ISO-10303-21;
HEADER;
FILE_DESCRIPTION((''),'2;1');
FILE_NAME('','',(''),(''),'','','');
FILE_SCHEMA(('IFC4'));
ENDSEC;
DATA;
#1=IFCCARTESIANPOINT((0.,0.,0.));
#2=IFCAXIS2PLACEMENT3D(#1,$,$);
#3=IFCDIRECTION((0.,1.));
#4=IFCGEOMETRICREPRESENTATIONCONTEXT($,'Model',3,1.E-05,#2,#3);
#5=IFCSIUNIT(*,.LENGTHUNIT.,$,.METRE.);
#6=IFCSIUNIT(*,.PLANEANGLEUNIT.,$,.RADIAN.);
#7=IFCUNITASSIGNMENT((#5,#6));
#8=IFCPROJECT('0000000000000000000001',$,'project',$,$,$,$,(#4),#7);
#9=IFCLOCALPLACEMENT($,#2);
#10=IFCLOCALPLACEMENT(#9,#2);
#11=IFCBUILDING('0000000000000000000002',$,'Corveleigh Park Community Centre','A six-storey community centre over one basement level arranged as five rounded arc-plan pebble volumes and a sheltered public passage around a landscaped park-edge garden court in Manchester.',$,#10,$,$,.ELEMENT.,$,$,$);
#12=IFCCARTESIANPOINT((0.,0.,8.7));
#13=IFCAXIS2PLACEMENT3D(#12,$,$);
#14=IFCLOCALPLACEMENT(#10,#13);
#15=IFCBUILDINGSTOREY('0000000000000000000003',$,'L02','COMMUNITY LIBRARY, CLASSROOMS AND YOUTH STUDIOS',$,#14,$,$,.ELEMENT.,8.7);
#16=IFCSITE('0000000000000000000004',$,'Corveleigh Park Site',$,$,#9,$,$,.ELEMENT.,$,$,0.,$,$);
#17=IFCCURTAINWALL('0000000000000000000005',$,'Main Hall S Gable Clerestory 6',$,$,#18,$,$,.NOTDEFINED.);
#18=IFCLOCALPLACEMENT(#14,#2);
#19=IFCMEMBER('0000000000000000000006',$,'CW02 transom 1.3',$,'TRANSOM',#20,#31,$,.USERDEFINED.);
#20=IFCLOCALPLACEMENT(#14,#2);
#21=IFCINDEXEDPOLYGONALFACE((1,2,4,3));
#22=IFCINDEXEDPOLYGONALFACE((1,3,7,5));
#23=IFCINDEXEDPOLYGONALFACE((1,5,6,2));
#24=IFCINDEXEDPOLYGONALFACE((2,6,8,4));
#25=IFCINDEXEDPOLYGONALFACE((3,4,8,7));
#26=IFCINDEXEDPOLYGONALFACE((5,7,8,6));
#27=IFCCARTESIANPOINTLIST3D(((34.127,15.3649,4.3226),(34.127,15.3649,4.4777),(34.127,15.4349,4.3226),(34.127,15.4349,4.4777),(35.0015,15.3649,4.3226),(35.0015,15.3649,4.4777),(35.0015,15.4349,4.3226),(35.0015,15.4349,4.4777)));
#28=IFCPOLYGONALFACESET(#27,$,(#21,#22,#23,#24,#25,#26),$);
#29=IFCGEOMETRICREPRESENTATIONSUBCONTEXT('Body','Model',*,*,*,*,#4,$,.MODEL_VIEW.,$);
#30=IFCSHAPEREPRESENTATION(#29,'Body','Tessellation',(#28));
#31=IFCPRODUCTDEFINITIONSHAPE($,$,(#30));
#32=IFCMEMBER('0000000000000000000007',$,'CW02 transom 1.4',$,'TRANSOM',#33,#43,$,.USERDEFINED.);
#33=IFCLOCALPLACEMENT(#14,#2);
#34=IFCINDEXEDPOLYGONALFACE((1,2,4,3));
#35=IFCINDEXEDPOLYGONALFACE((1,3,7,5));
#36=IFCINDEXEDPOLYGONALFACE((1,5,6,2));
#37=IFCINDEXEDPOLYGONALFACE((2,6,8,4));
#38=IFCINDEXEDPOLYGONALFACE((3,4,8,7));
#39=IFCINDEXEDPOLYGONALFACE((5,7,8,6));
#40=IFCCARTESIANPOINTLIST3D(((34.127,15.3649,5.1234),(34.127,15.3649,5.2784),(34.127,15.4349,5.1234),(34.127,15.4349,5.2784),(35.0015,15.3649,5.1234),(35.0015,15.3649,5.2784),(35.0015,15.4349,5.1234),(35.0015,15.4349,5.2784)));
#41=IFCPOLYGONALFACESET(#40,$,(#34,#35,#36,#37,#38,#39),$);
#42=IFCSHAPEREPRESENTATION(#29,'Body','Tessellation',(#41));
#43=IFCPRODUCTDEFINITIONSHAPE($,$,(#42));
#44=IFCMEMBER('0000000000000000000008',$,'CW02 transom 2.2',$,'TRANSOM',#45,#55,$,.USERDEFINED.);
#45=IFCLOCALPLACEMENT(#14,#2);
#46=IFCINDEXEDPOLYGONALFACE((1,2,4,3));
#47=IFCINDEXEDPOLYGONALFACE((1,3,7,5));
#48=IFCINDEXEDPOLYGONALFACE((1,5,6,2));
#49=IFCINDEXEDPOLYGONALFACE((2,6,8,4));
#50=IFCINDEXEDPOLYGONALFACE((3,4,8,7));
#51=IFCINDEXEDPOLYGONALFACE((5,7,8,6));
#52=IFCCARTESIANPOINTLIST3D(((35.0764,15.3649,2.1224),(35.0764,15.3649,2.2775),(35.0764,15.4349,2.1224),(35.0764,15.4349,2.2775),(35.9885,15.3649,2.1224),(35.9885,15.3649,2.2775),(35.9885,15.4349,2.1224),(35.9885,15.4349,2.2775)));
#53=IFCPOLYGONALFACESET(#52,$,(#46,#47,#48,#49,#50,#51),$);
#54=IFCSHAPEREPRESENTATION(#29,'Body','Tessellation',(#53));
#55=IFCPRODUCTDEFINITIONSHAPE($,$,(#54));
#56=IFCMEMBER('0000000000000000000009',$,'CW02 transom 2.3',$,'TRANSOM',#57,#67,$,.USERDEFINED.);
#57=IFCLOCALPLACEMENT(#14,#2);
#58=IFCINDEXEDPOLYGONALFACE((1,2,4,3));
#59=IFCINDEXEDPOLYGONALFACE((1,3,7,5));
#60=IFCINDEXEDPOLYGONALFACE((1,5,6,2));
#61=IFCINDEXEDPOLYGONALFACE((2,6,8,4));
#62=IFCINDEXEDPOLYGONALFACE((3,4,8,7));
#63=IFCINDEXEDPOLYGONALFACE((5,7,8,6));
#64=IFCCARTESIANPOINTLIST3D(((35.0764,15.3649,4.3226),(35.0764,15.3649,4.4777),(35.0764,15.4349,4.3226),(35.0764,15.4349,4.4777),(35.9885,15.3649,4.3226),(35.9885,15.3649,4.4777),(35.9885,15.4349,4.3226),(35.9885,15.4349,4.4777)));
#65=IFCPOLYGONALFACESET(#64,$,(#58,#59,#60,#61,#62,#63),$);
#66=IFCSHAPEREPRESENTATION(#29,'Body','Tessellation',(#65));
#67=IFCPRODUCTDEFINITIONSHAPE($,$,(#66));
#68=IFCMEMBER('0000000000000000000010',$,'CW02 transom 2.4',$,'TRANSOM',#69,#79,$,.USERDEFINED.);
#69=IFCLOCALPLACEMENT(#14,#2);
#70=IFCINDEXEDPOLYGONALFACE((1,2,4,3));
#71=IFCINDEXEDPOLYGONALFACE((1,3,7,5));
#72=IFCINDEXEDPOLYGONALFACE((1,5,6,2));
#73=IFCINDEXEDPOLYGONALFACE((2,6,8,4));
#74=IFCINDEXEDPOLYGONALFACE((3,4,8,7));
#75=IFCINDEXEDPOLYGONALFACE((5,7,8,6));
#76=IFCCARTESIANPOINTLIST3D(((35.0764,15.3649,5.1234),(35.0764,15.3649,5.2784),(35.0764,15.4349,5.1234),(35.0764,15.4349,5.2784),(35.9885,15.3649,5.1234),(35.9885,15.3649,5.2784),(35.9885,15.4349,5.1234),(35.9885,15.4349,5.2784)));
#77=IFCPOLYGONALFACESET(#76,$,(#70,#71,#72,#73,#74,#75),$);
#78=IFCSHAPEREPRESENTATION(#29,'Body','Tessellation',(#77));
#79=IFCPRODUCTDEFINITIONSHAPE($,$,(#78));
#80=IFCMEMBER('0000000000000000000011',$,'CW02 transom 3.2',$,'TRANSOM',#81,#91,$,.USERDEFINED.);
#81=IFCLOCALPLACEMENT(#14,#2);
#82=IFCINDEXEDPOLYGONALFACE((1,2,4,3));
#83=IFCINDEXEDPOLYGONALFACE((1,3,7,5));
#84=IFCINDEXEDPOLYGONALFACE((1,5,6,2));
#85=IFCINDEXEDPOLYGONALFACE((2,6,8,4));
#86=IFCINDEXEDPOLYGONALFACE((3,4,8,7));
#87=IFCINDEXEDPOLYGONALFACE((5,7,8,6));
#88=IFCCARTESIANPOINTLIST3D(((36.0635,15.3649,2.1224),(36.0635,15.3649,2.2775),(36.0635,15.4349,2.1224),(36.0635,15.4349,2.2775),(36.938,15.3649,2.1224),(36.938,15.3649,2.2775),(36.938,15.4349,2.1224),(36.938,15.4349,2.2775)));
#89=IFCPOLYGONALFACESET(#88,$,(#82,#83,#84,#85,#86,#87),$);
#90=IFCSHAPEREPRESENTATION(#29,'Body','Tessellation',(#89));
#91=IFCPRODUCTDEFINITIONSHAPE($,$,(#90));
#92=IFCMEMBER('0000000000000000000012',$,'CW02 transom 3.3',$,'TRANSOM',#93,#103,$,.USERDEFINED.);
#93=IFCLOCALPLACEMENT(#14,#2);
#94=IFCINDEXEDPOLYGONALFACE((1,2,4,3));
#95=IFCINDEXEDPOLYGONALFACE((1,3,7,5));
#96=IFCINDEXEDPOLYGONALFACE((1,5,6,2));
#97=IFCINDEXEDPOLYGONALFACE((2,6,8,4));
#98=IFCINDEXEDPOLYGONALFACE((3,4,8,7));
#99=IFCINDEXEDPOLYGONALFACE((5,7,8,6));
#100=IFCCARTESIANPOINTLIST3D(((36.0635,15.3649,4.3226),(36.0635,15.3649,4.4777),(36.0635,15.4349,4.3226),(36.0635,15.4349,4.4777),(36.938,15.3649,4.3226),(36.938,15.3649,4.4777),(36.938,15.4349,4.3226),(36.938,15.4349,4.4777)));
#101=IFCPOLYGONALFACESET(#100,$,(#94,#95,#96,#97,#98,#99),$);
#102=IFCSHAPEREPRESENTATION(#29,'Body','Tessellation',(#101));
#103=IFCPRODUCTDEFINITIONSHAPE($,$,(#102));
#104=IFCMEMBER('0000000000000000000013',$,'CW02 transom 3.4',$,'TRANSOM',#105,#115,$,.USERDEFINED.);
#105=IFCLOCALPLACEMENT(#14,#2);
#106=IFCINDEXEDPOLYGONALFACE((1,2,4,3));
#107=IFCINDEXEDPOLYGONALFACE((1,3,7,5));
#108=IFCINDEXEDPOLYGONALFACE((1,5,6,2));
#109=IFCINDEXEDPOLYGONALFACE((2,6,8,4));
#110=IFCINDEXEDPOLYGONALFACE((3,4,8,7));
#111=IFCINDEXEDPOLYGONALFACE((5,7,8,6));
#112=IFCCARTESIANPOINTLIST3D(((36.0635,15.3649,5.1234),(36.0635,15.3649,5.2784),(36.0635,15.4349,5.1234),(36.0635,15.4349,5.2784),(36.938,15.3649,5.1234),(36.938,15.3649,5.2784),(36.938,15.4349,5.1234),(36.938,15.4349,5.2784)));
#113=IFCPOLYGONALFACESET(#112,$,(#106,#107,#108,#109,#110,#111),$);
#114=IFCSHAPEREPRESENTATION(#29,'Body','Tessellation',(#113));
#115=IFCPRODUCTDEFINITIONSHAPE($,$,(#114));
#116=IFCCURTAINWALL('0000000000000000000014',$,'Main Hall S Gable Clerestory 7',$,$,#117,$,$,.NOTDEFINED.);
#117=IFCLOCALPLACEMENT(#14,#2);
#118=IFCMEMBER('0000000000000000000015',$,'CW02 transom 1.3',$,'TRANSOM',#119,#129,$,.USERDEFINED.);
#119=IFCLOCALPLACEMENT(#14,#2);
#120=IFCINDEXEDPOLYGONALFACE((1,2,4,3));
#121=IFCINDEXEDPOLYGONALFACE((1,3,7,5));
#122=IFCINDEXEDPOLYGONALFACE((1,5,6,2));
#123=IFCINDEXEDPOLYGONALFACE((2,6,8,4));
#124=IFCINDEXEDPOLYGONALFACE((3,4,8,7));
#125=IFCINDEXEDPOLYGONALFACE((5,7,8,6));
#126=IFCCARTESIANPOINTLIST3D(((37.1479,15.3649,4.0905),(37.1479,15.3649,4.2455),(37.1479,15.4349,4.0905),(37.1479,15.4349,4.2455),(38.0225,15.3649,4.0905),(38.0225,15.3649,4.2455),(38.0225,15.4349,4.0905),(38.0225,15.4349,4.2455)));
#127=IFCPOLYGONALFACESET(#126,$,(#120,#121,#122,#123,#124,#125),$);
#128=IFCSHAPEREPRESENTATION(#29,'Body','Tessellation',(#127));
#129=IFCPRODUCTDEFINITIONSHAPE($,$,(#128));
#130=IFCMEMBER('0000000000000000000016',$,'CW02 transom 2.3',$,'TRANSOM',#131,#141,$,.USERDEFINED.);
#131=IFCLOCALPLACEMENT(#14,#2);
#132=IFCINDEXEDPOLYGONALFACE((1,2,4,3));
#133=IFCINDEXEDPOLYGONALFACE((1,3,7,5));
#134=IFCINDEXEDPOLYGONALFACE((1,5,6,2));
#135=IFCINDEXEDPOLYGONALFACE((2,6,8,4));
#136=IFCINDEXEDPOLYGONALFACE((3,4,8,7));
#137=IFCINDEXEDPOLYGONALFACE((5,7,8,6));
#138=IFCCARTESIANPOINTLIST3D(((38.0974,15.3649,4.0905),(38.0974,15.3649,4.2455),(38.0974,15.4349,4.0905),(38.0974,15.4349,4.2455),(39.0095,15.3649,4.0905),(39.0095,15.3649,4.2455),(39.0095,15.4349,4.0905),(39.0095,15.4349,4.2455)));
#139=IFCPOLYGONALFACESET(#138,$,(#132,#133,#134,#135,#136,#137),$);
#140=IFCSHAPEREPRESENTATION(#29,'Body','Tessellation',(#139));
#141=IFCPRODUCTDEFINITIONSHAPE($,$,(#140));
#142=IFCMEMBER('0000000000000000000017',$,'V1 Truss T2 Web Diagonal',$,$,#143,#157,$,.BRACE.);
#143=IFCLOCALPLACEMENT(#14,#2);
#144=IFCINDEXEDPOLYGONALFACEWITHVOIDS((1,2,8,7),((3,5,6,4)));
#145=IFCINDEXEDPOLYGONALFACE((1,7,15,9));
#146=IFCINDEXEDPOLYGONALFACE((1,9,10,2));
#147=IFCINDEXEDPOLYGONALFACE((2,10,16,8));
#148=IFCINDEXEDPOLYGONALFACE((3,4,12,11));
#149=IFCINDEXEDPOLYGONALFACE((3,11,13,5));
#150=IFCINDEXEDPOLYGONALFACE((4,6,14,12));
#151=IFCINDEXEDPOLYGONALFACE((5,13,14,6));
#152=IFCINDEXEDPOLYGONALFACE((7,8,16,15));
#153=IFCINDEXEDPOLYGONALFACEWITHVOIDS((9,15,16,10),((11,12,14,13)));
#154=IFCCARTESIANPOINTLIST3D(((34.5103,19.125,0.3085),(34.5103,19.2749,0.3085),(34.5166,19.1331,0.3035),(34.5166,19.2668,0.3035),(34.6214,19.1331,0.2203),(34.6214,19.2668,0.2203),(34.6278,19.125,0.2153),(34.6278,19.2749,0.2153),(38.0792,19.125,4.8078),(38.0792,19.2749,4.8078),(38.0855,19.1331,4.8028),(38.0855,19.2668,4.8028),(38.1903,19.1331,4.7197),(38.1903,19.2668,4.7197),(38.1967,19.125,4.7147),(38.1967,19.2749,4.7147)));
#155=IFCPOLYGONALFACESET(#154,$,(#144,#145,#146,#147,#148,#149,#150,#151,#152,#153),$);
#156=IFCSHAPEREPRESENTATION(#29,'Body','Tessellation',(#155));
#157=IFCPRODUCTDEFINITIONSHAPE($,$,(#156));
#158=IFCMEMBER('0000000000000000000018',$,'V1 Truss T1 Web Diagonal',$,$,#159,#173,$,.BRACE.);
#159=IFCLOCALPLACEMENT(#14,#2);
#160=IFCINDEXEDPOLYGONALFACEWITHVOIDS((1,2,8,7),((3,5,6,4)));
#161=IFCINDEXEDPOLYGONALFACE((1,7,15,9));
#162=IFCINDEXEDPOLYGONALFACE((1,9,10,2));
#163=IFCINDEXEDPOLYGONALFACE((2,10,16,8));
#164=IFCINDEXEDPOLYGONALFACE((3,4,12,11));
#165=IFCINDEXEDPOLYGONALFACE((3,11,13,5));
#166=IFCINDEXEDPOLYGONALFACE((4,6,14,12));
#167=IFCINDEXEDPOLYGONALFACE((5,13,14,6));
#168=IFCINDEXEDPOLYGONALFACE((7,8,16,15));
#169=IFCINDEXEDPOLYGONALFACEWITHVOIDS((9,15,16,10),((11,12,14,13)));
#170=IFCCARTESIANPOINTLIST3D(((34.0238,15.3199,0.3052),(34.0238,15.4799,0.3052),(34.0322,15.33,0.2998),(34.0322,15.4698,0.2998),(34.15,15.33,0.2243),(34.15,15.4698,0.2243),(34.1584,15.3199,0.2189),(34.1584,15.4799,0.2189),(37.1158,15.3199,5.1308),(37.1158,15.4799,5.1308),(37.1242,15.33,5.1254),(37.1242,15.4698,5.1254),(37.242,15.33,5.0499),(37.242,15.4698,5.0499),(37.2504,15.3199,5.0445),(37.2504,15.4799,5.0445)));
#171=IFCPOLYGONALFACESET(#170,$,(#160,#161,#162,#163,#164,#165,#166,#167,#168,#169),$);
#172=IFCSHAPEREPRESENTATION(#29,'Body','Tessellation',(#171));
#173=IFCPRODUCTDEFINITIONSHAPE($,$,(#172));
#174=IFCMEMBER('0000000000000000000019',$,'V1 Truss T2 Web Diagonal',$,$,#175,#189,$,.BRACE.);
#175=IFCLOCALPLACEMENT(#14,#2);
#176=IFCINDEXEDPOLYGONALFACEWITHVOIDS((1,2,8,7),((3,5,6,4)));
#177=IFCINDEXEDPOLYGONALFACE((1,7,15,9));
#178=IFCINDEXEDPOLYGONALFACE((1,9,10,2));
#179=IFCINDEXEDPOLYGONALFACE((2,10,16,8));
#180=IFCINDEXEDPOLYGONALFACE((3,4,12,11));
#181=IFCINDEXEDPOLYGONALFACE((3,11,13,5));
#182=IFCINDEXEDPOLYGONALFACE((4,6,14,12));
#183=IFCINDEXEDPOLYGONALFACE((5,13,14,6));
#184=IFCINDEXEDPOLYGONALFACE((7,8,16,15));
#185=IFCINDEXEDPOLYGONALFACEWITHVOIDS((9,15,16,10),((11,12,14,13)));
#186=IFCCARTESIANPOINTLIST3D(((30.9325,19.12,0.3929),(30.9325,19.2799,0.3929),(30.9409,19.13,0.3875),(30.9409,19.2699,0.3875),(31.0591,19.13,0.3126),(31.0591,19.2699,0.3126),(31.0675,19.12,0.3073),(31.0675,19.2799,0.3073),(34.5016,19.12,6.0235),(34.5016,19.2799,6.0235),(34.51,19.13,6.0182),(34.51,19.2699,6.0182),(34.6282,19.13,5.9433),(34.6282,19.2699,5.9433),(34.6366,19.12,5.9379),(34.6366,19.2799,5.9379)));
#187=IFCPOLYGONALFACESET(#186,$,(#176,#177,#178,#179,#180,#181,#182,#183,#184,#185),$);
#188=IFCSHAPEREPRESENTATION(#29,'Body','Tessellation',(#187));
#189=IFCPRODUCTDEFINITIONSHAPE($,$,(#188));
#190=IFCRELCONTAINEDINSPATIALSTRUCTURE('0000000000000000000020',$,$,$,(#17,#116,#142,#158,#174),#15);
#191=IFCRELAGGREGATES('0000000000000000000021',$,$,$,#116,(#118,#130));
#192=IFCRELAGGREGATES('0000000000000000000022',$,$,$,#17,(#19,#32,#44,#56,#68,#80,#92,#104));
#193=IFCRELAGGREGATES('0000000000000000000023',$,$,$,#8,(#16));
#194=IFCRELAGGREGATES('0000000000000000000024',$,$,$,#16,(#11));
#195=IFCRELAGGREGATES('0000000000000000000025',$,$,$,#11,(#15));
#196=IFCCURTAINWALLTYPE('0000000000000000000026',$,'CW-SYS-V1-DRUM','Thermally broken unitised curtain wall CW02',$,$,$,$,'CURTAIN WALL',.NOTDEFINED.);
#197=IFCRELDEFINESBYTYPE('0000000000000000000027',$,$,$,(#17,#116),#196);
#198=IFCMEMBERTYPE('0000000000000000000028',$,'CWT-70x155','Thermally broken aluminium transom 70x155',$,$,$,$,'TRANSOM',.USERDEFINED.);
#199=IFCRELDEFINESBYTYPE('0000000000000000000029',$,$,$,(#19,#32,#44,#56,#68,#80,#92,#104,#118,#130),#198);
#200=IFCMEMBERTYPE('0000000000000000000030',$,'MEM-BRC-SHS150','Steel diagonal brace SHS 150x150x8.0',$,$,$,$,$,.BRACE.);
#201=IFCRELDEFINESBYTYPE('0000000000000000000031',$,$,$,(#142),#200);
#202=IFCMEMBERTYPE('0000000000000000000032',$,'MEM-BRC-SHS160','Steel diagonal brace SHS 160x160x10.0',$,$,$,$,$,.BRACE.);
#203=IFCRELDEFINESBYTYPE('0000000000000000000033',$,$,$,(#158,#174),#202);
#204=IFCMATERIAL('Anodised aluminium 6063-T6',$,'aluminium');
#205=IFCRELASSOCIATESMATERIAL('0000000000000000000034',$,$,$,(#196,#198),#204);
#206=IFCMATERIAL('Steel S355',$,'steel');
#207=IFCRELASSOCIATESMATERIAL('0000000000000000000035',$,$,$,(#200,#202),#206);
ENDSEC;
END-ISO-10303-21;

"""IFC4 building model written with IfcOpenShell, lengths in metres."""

from ifc_helpers import new_model, si_unit, direction, frame, origin, origin_2d, place, context, subcontext, project, spatial, rectangle, hollow_rectangle, extrude, material, material_profile, profile_set, type_object, element, aggregate, save


model = new_model("IFC4")

# Units and contexts
model_context = context("Model", 3, precision=1e-05, world=origin(), true_north=direction((0.0, 1.0)))
body_context = subcontext(model_context, "Body", "Model", "MODEL_VIEW")
ifc_project = project(units=[si_unit("LENGTHUNIT", "METRE"), si_unit("PLANEANGLEUNIT", "RADIAN")], contexts=[model_context])

# Site, building, storey
site_placement = place(None, origin())
site = spatial("IfcSite", under=ifc_project, at=site_placement, Name="Corveleigh Park Site", CompositionType="ELEMENT", RefElevation=0.0)
building_placement = place(site_placement, origin())
building = spatial("IfcBuilding", under=site, at=building_placement, Name="Corveleigh Park Community Centre", Description="A six-storey community centre over one basement level arranged as five rounded arc-plan pebble volumes and a sheltered public passage around a landscaped park-edge garden court in Manchester.", CompositionType="ELEMENT")
storey_placement = place(building_placement, frame((0.0, 0.0, 8.7)))
storey = spatial("IfcBuildingStorey", under=building, at=storey_placement, Name="L02", Description="COMMUNITY LIBRARY, CLASSROOMS AND YOUTH STUDIOS", CompositionType="ELEMENT", Elevation=8.7)

# Curtain walls, members
ifc_material_1 = material(Name="Anodised aluminium 6063-T6", Category="aluminium")
curtain_wall_type = type_object("IfcCurtainWallType", Name="CW-SYS-V1-DRUM", Description="Thermally broken unitised curtain wall CW02", ElementType="CURTAIN WALL", PredefinedType="NOTDEFINED", material=ifc_material_1)
curtain_wall_1_placement = place(storey_placement, origin())
curtain_wall_1 = element("IfcCurtainWall", 1, at=curtain_wall_1_placement, inside=storey, type_object=curtain_wall_type, Name="Main Hall S Gable Clerestory 6", PredefinedType="NOTDEFINED")
ifc_material_profile_1 = material_profile(ifc_material_1, rectangle(XDim=0.0701, YDim=0.155, at=origin_2d()), Name="ALU-T70x155", Category="aluminium")
ifc_profile_set_1 = profile_set([ifc_material_profile_1], Name="Anodised aluminium 6063-T6")
member_type_1 = type_object("IfcMemberType", Name="CWT-70x155", Description="Thermally broken aluminium transom 70x155", ElementType="TRANSOM", PredefinedType="USERDEFINED", material=ifc_profile_set_1)
member_1_placement = place(storey_placement, frame((34.127, 15.3999, 4.4001), z_axis=(1.0, 0.0, 0.0), x_axis=(0.0, 1.0, 0.0)))
member_1 = element("IfcMember", 2, at=member_1_placement, type_object=member_type_1, Name="CW02 transom 1.3", ObjectType="TRANSOM", PredefinedType="USERDEFINED", context=body_context, shape_type="SweptSolid", body=[
    extrude(rectangle(XDim=0.0701, YDim=0.155, at=origin_2d()), origin(), (0.0, 0.0, 1.0), 0.8745),
])
member_2_placement = place(storey_placement, frame((34.127, 15.3999, 5.2009), z_axis=(1.0, 0.0, 0.0), x_axis=(0.0, 1.0, 0.0)))
member_2 = element("IfcMember", 3, at=member_2_placement, type_object=member_type_1, Name="CW02 transom 1.4", ObjectType="TRANSOM", PredefinedType="USERDEFINED", context=body_context, shape_type="SweptSolid", body=[
    extrude(rectangle(XDim=0.0701, YDim=0.155, at=origin_2d()), origin(), (0.0, 0.0, 1.0), 0.8745),
])
member_3_placement = place(storey_placement, frame((35.0764, 15.3999, 2.2), z_axis=(1.0, 0.0, 0.0), x_axis=(0.0, 1.0, 0.0)))
member_3 = element("IfcMember", 4, at=member_3_placement, type_object=member_type_1, Name="CW02 transom 2.2", ObjectType="TRANSOM", PredefinedType="USERDEFINED", context=body_context, shape_type="SweptSolid", body=[
    extrude(rectangle(XDim=0.0701, YDim=0.155, at=origin_2d()), origin(), (0.0, 0.0, 1.0), 0.9121),
])
member_4_placement = place(storey_placement, frame((35.0764, 15.3999, 4.4001), z_axis=(1.0, 0.0, 0.0), x_axis=(0.0, 1.0, 0.0)))
member_4 = element("IfcMember", 5, at=member_4_placement, type_object=member_type_1, Name="CW02 transom 2.3", ObjectType="TRANSOM", PredefinedType="USERDEFINED", context=body_context, shape_type="SweptSolid", body=[
    extrude(rectangle(XDim=0.0701, YDim=0.155, at=origin_2d()), origin(), (0.0, 0.0, 1.0), 0.9121),
])
member_5_placement = place(storey_placement, frame((35.0764, 15.3999, 5.2009), z_axis=(1.0, 0.0, 0.0), x_axis=(0.0, 1.0, 0.0)))
member_5 = element("IfcMember", 6, at=member_5_placement, type_object=member_type_1, Name="CW02 transom 2.4", ObjectType="TRANSOM", PredefinedType="USERDEFINED", context=body_context, shape_type="SweptSolid", body=[
    extrude(rectangle(XDim=0.0701, YDim=0.155, at=origin_2d()), origin(), (0.0, 0.0, 1.0), 0.9121),
])
member_6_placement = place(storey_placement, frame((36.0635, 15.3999, 2.2), z_axis=(1.0, 0.0, 0.0), x_axis=(0.0, 1.0, 0.0)))
member_6 = element("IfcMember", 7, at=member_6_placement, type_object=member_type_1, Name="CW02 transom 3.2", ObjectType="TRANSOM", PredefinedType="USERDEFINED", context=body_context, shape_type="SweptSolid", body=[
    extrude(rectangle(XDim=0.0701, YDim=0.155, at=origin_2d()), origin(), (0.0, 0.0, 1.0), 0.8745),
])
member_7_placement = place(storey_placement, frame((36.0635, 15.3999, 4.4001), z_axis=(1.0, 0.0, 0.0), x_axis=(0.0, 1.0, 0.0)))
member_7 = element("IfcMember", 8, at=member_7_placement, type_object=member_type_1, Name="CW02 transom 3.3", ObjectType="TRANSOM", PredefinedType="USERDEFINED", context=body_context, shape_type="SweptSolid", body=[
    extrude(rectangle(XDim=0.0701, YDim=0.155, at=origin_2d()), origin(), (0.0, 0.0, 1.0), 0.8745),
])
member_8_placement = place(storey_placement, frame((36.0635, 15.3999, 5.2009), z_axis=(1.0, 0.0, 0.0), x_axis=(0.0, 1.0, 0.0)))
member_8 = element("IfcMember", 9, at=member_8_placement, type_object=member_type_1, Name="CW02 transom 3.4", ObjectType="TRANSOM", PredefinedType="USERDEFINED", context=body_context, shape_type="SweptSolid", body=[
    extrude(rectangle(XDim=0.0701, YDim=0.155, at=origin_2d()), origin(), (0.0, 0.0, 1.0), 0.8745),
])
curtain_wall_2_placement = place(storey_placement, origin())
curtain_wall_2 = element("IfcCurtainWall", 10, at=curtain_wall_2_placement, inside=storey, type_object=curtain_wall_type, Name="Main Hall S Gable Clerestory 7", PredefinedType="NOTDEFINED")
member_9_placement = place(storey_placement, frame((37.1479, 15.3999, 4.168), z_axis=(1.0, 0.0, 0.0), x_axis=(0.0, 1.0, 0.0)))
member_9 = element("IfcMember", 11, at=member_9_placement, type_object=member_type_1, Name="CW02 transom 1.3", ObjectType="TRANSOM", PredefinedType="USERDEFINED", context=body_context, shape_type="SweptSolid", body=[
    extrude(rectangle(XDim=0.0701, YDim=0.155, at=origin_2d()), origin(), (0.0, 0.0, 1.0), 0.8745),
])
member_10_placement = place(storey_placement, frame((38.0974, 15.3999, 4.168), z_axis=(1.0, 0.0, 0.0), x_axis=(0.0, 1.0, 0.0)))
member_10 = element("IfcMember", 12, at=member_10_placement, type_object=member_type_1, Name="CW02 transom 2.3", ObjectType="TRANSOM", PredefinedType="USERDEFINED", context=body_context, shape_type="SweptSolid", body=[
    extrude(rectangle(XDim=0.0701, YDim=0.155, at=origin_2d()), origin(), (0.0, 0.0, 1.0), 0.9121),
])
aggregate(curtain_wall_2, [member_9, member_10])

# Members
ifc_material_2 = material(Name="Steel S355", Category="steel")
ifc_material_profile_2 = material_profile(ifc_material_2, hollow_rectangle(XDim=0.1499, YDim=0.1499, WallThickness=0.0081, at=origin_2d()), Name="SHS 150x150x8.0", Category="steel")
ifc_profile_set_2 = profile_set([ifc_material_profile_2], Name="Steel S355")
member_type_2 = type_object("IfcMemberType", Name="MEM-BRC-SHS150", Description="Steel diagonal brace SHS 150x150x8.0", PredefinedType="BRACE", material=ifc_profile_set_2)
member_11_placement = place(storey_placement, frame((38.1379, 19.2, 4.7612), z_axis=(-0.621444, 0.0, -0.783458), x_axis=(0.0, -1.0, 0.0)))
element("IfcMember", 13, at=member_11_placement, inside=storey, type_object=member_type_2, Name="V1 Truss T2 Web Diagonal", PredefinedType="BRACE", context=body_context, shape_type="SweptSolid", body=[
    extrude(hollow_rectangle(XDim=0.1499, YDim=0.1499, WallThickness=0.0081, at=origin_2d()), origin(), (0.0, 0.0, 1.0), 5.7429),
])
ifc_material_profile_3 = material_profile(ifc_material_2, hollow_rectangle(XDim=0.1599, YDim=0.1599, WallThickness=0.01, at=origin_2d()), Name="SHS 160x160x10.0", Category="steel")
ifc_profile_set_3 = profile_set([ifc_material_profile_3], Name="Steel S355")
member_type_3 = type_object("IfcMemberType", Name="MEM-BRC-SHS160", Description="Steel diagonal brace SHS 160x160x10.0", PredefinedType="BRACE", material=ifc_profile_set_3)
member_12_placement = place(storey_placement, frame((37.1831, 15.3999, 5.0876), z_axis=(-0.5395, 0.0, -0.841986), x_axis=(0.0, -1.0, 0.0)))
element("IfcMember", 14, at=member_12_placement, inside=storey, type_object=member_type_3, Name="V1 Truss T1 Web Diagonal", PredefinedType="BRACE", context=body_context, shape_type="SweptSolid", body=[
    extrude(hollow_rectangle(XDim=0.1599, YDim=0.1599, WallThickness=0.01, at=origin_2d()), origin(), (0.0, 0.0, 1.0), 5.7312),
])
member_13_placement = place(storey_placement, frame((34.5691, 19.2, 5.9807), z_axis=(-0.535377, 0.0, -0.844613), x_axis=(0.0, -1.0, 0.0)))
element("IfcMember", 15, at=member_13_placement, inside=storey, type_object=member_type_3, Name="V1 Truss T2 Web Diagonal", PredefinedType="BRACE", context=body_context, shape_type="SweptSolid", body=[
    extrude(hollow_rectangle(XDim=0.1599, YDim=0.1599, WallThickness=0.01, at=origin_2d()), origin(), (0.0, 0.0, 1.0), 6.6665),
])

aggregate(curtain_wall_1, [member_1, member_2, member_3, member_4, member_5, member_6, member_7, member_8])

save(model, "model.ifc")
